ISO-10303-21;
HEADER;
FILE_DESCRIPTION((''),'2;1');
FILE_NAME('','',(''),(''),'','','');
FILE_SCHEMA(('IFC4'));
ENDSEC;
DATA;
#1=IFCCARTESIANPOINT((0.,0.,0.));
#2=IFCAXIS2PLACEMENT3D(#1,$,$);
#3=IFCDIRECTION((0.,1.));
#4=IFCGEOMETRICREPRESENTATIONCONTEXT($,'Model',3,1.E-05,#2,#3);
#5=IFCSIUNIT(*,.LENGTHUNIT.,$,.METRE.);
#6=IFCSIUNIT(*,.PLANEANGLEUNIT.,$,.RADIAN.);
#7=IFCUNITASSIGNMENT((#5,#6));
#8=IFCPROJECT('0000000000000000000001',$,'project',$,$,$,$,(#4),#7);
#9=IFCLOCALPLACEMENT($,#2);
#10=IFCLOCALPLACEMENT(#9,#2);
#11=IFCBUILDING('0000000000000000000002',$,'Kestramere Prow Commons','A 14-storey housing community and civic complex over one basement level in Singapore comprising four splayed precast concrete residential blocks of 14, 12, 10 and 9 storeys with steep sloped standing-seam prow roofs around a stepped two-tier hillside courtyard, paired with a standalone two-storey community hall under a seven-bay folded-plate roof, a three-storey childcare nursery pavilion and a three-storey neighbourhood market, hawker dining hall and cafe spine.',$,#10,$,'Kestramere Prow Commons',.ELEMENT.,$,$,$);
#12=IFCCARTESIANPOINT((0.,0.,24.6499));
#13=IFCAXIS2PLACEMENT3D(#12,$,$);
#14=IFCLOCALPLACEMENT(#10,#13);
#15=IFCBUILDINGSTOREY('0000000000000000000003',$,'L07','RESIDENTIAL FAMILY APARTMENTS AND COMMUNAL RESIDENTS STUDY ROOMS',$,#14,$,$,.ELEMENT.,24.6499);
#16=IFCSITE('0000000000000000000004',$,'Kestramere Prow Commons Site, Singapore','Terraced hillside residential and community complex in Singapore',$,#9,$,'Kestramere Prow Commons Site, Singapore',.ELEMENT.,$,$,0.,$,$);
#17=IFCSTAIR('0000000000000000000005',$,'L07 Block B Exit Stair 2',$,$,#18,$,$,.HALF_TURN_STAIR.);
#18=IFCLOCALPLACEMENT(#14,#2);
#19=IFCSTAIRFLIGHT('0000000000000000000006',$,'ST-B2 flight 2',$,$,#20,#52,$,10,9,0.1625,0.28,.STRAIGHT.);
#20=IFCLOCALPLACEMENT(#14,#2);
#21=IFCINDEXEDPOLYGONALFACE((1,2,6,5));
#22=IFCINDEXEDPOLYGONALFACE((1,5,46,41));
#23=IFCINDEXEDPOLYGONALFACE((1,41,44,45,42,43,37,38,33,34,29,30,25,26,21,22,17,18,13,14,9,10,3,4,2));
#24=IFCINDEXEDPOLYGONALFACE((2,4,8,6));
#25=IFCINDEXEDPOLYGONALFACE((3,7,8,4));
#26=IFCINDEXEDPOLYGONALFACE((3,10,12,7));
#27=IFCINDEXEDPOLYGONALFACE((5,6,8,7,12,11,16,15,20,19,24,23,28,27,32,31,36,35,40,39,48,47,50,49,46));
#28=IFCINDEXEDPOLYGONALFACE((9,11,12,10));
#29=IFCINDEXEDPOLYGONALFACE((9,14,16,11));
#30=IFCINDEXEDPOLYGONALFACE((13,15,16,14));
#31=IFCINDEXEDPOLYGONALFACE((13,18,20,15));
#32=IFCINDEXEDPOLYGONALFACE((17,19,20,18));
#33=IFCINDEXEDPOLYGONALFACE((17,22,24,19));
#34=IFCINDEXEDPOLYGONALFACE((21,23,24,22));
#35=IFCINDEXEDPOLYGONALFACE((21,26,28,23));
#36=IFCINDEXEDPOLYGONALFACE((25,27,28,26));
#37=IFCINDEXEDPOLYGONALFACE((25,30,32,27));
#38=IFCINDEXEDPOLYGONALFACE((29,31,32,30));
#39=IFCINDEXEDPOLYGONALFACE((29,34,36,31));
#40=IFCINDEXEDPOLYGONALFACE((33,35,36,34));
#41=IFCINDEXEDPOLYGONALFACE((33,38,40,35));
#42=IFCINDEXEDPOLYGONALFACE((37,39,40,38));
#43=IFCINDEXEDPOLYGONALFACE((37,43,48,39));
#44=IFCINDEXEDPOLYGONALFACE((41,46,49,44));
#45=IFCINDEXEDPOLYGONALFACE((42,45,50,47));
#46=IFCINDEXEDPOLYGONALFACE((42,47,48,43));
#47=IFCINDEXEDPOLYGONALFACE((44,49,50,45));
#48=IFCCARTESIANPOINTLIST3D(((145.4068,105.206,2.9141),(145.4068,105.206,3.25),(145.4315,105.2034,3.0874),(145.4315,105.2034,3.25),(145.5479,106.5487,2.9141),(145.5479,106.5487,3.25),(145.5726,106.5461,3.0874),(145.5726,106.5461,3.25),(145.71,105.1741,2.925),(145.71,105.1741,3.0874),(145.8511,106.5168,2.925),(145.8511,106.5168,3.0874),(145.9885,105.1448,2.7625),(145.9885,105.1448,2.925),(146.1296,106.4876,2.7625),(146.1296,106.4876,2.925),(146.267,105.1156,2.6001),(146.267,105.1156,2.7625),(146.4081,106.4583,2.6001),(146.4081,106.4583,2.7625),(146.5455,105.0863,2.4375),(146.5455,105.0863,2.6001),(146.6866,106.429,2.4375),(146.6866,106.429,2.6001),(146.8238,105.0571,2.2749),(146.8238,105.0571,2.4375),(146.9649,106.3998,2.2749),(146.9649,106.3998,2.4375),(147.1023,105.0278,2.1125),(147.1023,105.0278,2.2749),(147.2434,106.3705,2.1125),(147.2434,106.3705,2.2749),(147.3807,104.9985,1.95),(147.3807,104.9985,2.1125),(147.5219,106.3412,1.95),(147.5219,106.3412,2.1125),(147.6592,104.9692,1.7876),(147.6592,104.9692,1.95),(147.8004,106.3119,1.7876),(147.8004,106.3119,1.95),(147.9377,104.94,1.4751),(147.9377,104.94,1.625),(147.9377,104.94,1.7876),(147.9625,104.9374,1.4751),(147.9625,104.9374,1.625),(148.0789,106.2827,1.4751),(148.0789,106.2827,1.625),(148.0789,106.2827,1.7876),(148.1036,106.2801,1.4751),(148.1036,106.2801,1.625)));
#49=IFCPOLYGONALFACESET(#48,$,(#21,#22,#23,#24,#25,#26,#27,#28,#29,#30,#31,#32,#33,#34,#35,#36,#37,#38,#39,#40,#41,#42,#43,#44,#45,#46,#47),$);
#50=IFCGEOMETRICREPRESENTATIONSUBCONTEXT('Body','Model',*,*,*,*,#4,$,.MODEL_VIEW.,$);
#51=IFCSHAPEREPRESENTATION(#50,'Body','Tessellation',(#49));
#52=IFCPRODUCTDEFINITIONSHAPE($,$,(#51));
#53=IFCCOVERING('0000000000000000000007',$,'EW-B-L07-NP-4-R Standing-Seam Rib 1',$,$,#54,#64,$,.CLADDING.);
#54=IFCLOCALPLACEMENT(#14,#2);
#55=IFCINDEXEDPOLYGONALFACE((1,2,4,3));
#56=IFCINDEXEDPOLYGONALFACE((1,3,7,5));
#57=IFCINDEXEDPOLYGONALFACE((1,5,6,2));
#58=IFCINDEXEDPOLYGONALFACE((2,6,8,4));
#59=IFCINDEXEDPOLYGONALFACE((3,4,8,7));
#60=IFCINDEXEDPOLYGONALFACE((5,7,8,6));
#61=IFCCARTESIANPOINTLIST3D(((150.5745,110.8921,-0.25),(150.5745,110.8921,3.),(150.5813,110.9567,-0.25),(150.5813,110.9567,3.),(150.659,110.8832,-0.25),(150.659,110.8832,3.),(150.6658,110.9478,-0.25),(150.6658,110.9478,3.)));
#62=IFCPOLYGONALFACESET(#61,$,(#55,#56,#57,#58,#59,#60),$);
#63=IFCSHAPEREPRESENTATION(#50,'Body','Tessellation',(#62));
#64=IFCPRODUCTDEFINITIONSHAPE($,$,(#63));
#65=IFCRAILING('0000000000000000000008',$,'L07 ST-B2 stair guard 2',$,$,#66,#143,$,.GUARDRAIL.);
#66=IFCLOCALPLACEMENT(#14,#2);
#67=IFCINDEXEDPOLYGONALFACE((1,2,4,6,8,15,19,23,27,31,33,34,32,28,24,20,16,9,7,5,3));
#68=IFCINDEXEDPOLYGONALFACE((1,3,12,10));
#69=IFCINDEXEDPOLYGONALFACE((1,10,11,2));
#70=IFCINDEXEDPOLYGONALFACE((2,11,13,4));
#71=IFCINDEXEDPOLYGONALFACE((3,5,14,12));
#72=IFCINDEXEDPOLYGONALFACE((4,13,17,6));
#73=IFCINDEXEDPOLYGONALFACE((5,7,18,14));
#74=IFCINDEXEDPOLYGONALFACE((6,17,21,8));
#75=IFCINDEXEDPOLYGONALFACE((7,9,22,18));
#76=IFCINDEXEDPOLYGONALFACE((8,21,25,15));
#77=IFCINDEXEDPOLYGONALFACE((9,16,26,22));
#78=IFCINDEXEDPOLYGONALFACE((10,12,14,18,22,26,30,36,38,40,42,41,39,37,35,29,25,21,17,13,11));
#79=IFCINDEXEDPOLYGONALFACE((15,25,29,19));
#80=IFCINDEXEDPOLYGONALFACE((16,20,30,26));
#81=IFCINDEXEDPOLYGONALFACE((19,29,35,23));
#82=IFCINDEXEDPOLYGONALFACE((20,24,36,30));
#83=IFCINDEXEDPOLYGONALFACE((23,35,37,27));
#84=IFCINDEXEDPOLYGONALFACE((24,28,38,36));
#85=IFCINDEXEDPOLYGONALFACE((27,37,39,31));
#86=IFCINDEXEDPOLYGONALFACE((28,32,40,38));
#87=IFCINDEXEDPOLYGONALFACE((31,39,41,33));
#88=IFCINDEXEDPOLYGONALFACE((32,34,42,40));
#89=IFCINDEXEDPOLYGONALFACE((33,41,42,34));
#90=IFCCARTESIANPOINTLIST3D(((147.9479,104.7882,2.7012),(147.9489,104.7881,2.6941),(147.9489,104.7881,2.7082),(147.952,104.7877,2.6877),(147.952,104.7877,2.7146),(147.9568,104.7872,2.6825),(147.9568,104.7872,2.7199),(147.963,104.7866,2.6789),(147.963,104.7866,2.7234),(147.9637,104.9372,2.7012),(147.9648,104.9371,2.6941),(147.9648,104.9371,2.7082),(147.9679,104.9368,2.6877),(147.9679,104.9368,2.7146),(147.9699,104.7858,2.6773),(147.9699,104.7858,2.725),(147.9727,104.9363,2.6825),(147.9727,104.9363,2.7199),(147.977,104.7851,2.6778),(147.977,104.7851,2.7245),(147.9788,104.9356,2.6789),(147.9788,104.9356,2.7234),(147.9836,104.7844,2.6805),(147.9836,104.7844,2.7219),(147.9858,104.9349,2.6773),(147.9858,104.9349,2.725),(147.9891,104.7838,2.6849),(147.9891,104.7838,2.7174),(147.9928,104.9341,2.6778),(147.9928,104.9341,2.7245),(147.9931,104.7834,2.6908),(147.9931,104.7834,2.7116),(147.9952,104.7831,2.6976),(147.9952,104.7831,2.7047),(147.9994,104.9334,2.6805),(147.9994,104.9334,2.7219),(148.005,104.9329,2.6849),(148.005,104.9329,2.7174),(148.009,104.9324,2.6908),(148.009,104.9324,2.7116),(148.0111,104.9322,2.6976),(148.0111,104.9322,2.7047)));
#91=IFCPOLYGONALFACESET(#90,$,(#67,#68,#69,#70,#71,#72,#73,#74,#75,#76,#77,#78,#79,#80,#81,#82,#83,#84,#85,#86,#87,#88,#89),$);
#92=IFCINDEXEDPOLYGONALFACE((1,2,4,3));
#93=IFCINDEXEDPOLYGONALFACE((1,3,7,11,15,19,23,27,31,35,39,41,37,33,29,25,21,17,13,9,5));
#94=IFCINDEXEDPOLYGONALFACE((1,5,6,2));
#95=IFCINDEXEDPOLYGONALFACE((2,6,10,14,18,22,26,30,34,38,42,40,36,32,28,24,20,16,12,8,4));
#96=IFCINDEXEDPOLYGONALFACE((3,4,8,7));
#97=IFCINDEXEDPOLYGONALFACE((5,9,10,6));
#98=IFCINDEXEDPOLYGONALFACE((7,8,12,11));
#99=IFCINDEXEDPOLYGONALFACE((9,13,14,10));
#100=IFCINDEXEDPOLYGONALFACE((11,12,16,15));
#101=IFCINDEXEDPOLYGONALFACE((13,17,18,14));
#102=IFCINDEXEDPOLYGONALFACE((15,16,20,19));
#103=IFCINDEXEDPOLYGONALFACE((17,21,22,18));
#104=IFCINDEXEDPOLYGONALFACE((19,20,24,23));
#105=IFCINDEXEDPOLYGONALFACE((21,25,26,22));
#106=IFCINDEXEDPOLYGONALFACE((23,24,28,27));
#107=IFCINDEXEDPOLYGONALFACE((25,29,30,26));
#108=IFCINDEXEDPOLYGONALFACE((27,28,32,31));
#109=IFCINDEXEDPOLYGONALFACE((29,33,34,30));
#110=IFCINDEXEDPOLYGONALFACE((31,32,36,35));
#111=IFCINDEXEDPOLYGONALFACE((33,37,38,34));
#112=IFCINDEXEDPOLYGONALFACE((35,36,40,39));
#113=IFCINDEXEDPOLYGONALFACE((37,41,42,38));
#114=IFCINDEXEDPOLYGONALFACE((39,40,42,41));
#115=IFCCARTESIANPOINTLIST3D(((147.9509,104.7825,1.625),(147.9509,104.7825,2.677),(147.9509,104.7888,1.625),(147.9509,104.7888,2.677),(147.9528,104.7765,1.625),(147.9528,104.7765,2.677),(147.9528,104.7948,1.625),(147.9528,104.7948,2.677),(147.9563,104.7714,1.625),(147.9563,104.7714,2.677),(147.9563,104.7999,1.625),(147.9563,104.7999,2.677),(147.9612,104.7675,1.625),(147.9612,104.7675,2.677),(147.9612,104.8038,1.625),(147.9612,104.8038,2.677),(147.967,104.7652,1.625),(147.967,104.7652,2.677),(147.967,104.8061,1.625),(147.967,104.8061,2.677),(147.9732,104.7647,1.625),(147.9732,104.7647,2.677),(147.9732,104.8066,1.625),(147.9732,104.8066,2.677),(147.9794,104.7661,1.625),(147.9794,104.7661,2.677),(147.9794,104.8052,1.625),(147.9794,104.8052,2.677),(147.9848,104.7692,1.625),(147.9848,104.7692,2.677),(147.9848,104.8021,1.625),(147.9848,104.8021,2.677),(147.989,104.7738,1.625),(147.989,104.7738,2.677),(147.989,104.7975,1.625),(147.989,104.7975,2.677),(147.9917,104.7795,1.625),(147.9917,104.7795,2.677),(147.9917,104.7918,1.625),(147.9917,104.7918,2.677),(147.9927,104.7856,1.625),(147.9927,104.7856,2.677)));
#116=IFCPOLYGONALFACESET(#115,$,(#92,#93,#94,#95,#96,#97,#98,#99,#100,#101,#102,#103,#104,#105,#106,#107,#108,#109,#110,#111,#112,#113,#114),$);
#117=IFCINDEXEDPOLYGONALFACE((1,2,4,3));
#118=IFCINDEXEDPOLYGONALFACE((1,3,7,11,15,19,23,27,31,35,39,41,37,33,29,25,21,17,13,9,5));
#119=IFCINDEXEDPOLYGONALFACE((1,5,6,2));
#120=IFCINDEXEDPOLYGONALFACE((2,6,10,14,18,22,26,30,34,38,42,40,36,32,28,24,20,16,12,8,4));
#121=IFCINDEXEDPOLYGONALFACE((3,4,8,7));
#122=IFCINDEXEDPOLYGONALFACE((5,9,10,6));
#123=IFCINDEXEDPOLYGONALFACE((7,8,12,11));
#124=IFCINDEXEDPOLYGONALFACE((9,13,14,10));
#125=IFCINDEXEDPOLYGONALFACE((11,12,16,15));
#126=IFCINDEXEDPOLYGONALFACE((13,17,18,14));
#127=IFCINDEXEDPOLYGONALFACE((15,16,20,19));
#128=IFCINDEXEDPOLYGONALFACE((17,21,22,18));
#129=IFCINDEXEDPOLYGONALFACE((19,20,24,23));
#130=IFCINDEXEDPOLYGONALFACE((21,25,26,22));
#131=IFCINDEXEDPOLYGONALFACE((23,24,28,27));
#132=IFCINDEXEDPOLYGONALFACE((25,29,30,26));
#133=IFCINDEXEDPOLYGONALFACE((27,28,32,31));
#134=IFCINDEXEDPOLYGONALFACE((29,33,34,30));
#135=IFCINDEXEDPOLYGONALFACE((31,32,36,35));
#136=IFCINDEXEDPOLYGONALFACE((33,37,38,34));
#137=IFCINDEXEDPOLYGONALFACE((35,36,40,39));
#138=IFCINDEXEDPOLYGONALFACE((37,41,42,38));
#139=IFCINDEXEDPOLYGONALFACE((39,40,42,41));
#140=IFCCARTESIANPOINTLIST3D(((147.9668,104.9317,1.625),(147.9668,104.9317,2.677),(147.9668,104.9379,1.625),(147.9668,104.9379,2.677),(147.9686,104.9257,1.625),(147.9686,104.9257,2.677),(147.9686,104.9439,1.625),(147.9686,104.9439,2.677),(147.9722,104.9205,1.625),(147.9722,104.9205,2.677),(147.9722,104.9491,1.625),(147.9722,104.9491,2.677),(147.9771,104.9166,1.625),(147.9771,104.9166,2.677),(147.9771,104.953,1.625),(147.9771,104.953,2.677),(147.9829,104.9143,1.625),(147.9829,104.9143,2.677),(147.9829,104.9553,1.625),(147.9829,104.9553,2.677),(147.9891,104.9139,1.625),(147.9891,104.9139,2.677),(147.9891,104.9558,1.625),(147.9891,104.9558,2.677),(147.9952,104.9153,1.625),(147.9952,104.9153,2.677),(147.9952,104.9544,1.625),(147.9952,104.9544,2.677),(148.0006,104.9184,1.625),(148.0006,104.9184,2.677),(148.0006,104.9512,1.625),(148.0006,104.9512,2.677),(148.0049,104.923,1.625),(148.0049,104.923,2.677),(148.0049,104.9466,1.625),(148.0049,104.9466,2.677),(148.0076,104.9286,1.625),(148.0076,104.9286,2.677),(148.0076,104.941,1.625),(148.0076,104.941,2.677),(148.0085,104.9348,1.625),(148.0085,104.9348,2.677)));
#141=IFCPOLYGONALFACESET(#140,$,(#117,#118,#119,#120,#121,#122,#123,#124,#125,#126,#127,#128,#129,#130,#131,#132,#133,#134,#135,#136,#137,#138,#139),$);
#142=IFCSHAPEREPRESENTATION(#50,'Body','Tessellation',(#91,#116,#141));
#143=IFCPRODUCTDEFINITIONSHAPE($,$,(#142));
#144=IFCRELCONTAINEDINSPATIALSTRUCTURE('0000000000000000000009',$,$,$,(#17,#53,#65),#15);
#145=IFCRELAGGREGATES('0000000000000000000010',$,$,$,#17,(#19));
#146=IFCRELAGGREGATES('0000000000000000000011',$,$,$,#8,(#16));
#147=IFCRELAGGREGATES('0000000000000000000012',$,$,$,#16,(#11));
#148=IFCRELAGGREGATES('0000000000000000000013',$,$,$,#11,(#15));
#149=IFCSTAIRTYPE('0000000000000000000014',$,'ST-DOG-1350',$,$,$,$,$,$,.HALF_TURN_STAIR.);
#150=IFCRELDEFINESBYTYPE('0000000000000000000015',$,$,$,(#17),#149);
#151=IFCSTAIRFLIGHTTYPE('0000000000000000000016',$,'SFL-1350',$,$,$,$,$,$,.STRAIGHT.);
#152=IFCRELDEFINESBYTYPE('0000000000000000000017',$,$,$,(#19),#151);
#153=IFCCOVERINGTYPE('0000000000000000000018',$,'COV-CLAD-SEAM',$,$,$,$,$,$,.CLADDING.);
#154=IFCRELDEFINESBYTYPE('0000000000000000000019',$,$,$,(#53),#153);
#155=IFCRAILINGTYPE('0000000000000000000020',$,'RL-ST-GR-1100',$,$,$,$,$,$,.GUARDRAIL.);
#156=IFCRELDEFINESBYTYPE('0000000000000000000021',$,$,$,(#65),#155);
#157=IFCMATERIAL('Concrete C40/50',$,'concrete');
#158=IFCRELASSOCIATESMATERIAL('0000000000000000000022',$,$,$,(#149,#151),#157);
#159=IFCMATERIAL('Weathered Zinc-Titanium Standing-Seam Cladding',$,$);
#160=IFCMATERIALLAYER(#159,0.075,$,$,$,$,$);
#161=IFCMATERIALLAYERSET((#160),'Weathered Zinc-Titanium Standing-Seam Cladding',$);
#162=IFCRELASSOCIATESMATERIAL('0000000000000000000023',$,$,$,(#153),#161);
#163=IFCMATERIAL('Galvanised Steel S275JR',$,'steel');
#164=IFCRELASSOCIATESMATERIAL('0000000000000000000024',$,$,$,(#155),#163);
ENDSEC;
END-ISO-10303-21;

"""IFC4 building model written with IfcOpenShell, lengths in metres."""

from ifc_helpers import new_model, si_unit, direction, frame, origin, origin_2d, place, context, subcontext, project, spatial, polyline, rectangle, circle, outline, extrude, material, layer, layer_set, type_object, element, aggregate, save


model = new_model("IFC4")

# Units and contexts
model_context = context("Model", 3, precision=1e-05, world=origin(), true_north=direction((0.0, 1.0)))
body_context = subcontext(model_context, "Body", "Model", "MODEL_VIEW")
ifc_project = project(units=[si_unit("LENGTHUNIT", "METRE"), si_unit("PLANEANGLEUNIT", "RADIAN")], contexts=[model_context])

# Site, building, storey
site_placement = place(None, origin())
site = spatial("IfcSite", under=ifc_project, at=site_placement, Name="Kestramere Prow Commons Site, Singapore", Description="Terraced hillside residential and community complex in Singapore", LongName="Kestramere Prow Commons Site, Singapore", CompositionType="ELEMENT", RefElevation=0.0)
building_placement = place(site_placement, origin())
building = spatial("IfcBuilding", under=site, at=building_placement, Name="Kestramere Prow Commons", Description="A 14-storey housing community and civic complex over one basement level in Singapore comprising four splayed precast concrete residential blocks of 14, 12, 10 and 9 storeys with steep sloped standing-seam prow roofs around a stepped two-tier hillside courtyard, paired with a standalone two-storey community hall under a seven-bay folded-plate roof, a three-storey childcare nursery pavilion and a three-storey neighbourhood market, hawker dining hall and cafe spine.", LongName="Kestramere Prow Commons", CompositionType="ELEMENT")
storey_placement = place(building_placement, frame((0.0, 0.0, 24.6499)))
storey = spatial("IfcBuildingStorey", under=building, at=storey_placement, Name="L07", Description="RESIDENTIAL FAMILY APARTMENTS AND COMMUNAL RESIDENTS STUDY ROOMS", CompositionType="ELEMENT", Elevation=24.6499)

# Shared definitions
ifc_material_1 = material(Name="Concrete C40/50", Category="concrete")

# Stair, stair flight
stair_type = type_object("IfcStairType", Name="ST-DOG-1350", PredefinedType="HALF_TURN_STAIR", material=ifc_material_1)
stair_placement = place(storey_placement, origin())
stair = element("IfcStair", 1, at=stair_placement, inside=storey, type_object=stair_type, Name="L07 Block B Exit Stair 2", PredefinedType="HALF_TURN_STAIR")
stair_flight_type = type_object("IfcStairFlightType", Name="SFL-1350", PredefinedType="STRAIGHT", material=ifc_material_1)
stair_flight_placement = place(storey_placement, frame((148.0083, 105.6113, 1.625), z_axis=(0.0, 0.0, 1.0), x_axis=(-0.994522, 0.104528, 0.0)))
stair_flight = element("IfcStairFlight", 2, at=stair_flight_placement, type_object=stair_flight_type, Name="ST-B2 flight 2", NumberOfRisers=10, NumberOfTreads=9, PredefinedType="STRAIGHT", RiserHeight=0.1625, TreadLength=0.28, context=body_context, shape_type="SweptSolid", body=[
    extrude(outline(polyline([(-0.0249, 0.0), (0.0, 0.0), (0.0, 0.1626), (0.28, 0.1626), (0.28, 0.325), (0.5601, 0.325), (0.5601, 0.4875), (0.8401, 0.4875), (0.8401, 0.6499), (1.1201, 0.6499), (1.1201, 0.8125), (1.3999, 0.8125), (1.3999, 0.9751), (1.6799, 0.9751), (1.6799, 1.1375), (1.96, 1.1375), (1.96, 1.3), (2.24, 1.3), (2.24, 1.4624), (2.52, 1.4624), (2.52, 1.625), (2.5449, 1.625), (2.5449, 1.2891), (0.0, -0.1499), (-0.0249, -0.1499), (-0.0249, 0.0)])), frame((0.0, 0.675, 0.0), z_axis=(0.0, -1.0, 0.0), x_axis=(1.0, 0.0, 0.0)), (0.0, 0.0, 1.0), 1.3501),
])
aggregate(stair, [stair_flight])

# Covering
ifc_material_2 = material(Name="Weathered Zinc-Titanium Standing-Seam Cladding")
ifc_layer_1 = layer(ifc_material_2, 0.075)
ifc_layer_set_1 = layer_set([ifc_layer_1], Name="Weathered Zinc-Titanium Standing-Seam Cladding")
covering_type = type_object("IfcCoveringType", Name="COV-CLAD-SEAM", PredefinedType="CLADDING", material=ifc_layer_set_1)
covering_placement = place(storey_placement, frame((150.6201, 110.9199, -0.25), z_axis=(0.0, 0.0, 1.0), x_axis=(0.994522, -0.104528, 0.0)))
element("IfcCovering", 3, at=covering_placement, inside=storey, type_object=covering_type, Name="EW-B-L07-NP-4-R Standing-Seam Rib 1", PredefinedType="CLADDING", context=body_context, shape_type="SweptSolid", body=[
    extrude(rectangle(XDim=0.085, YDim=0.0649, at=origin_2d()), origin(), (0.0, 0.0, 1.0), 3.25),
])

# Railing
ifc_material_3 = material(Name="Galvanised Steel S275JR", Category="steel")
railing_type_1 = type_object("IfcRailingType", Name="RL-ST-GR-1100", PredefinedType="GUARDRAIL", material=ifc_material_3)
railing_1_placement = place(storey_placement, frame((147.9717, 104.7856, 1.625)))
element("IfcRailing", 4, at=railing_1_placement, inside=storey, type_object=railing_type_1, Name="L07 ST-B2 stair guard 2", PredefinedType="GUARDRAIL", context=body_context, shape_type="SweptSolid", body=[
    extrude(circle(Radius=0.0239, at=origin_2d()), frame((0.0, 0.0, 1.0762), z_axis=(0.105786, 0.994389, 0.0), x_axis=(-0.994389, 0.105786, 0.0)), (0.0, 0.0, 1.0), 0.1499),
    extrude(circle(Radius=0.021, at=origin_2d()), origin(), (0.0, 0.0, 1.0), 1.052),
    extrude(circle(Radius=0.021, at=origin_2d()), frame((0.0159, 0.1492, 0.0)), (0.0, 0.0, 1.0), 1.052),
])

save(model, "model.ifc")
